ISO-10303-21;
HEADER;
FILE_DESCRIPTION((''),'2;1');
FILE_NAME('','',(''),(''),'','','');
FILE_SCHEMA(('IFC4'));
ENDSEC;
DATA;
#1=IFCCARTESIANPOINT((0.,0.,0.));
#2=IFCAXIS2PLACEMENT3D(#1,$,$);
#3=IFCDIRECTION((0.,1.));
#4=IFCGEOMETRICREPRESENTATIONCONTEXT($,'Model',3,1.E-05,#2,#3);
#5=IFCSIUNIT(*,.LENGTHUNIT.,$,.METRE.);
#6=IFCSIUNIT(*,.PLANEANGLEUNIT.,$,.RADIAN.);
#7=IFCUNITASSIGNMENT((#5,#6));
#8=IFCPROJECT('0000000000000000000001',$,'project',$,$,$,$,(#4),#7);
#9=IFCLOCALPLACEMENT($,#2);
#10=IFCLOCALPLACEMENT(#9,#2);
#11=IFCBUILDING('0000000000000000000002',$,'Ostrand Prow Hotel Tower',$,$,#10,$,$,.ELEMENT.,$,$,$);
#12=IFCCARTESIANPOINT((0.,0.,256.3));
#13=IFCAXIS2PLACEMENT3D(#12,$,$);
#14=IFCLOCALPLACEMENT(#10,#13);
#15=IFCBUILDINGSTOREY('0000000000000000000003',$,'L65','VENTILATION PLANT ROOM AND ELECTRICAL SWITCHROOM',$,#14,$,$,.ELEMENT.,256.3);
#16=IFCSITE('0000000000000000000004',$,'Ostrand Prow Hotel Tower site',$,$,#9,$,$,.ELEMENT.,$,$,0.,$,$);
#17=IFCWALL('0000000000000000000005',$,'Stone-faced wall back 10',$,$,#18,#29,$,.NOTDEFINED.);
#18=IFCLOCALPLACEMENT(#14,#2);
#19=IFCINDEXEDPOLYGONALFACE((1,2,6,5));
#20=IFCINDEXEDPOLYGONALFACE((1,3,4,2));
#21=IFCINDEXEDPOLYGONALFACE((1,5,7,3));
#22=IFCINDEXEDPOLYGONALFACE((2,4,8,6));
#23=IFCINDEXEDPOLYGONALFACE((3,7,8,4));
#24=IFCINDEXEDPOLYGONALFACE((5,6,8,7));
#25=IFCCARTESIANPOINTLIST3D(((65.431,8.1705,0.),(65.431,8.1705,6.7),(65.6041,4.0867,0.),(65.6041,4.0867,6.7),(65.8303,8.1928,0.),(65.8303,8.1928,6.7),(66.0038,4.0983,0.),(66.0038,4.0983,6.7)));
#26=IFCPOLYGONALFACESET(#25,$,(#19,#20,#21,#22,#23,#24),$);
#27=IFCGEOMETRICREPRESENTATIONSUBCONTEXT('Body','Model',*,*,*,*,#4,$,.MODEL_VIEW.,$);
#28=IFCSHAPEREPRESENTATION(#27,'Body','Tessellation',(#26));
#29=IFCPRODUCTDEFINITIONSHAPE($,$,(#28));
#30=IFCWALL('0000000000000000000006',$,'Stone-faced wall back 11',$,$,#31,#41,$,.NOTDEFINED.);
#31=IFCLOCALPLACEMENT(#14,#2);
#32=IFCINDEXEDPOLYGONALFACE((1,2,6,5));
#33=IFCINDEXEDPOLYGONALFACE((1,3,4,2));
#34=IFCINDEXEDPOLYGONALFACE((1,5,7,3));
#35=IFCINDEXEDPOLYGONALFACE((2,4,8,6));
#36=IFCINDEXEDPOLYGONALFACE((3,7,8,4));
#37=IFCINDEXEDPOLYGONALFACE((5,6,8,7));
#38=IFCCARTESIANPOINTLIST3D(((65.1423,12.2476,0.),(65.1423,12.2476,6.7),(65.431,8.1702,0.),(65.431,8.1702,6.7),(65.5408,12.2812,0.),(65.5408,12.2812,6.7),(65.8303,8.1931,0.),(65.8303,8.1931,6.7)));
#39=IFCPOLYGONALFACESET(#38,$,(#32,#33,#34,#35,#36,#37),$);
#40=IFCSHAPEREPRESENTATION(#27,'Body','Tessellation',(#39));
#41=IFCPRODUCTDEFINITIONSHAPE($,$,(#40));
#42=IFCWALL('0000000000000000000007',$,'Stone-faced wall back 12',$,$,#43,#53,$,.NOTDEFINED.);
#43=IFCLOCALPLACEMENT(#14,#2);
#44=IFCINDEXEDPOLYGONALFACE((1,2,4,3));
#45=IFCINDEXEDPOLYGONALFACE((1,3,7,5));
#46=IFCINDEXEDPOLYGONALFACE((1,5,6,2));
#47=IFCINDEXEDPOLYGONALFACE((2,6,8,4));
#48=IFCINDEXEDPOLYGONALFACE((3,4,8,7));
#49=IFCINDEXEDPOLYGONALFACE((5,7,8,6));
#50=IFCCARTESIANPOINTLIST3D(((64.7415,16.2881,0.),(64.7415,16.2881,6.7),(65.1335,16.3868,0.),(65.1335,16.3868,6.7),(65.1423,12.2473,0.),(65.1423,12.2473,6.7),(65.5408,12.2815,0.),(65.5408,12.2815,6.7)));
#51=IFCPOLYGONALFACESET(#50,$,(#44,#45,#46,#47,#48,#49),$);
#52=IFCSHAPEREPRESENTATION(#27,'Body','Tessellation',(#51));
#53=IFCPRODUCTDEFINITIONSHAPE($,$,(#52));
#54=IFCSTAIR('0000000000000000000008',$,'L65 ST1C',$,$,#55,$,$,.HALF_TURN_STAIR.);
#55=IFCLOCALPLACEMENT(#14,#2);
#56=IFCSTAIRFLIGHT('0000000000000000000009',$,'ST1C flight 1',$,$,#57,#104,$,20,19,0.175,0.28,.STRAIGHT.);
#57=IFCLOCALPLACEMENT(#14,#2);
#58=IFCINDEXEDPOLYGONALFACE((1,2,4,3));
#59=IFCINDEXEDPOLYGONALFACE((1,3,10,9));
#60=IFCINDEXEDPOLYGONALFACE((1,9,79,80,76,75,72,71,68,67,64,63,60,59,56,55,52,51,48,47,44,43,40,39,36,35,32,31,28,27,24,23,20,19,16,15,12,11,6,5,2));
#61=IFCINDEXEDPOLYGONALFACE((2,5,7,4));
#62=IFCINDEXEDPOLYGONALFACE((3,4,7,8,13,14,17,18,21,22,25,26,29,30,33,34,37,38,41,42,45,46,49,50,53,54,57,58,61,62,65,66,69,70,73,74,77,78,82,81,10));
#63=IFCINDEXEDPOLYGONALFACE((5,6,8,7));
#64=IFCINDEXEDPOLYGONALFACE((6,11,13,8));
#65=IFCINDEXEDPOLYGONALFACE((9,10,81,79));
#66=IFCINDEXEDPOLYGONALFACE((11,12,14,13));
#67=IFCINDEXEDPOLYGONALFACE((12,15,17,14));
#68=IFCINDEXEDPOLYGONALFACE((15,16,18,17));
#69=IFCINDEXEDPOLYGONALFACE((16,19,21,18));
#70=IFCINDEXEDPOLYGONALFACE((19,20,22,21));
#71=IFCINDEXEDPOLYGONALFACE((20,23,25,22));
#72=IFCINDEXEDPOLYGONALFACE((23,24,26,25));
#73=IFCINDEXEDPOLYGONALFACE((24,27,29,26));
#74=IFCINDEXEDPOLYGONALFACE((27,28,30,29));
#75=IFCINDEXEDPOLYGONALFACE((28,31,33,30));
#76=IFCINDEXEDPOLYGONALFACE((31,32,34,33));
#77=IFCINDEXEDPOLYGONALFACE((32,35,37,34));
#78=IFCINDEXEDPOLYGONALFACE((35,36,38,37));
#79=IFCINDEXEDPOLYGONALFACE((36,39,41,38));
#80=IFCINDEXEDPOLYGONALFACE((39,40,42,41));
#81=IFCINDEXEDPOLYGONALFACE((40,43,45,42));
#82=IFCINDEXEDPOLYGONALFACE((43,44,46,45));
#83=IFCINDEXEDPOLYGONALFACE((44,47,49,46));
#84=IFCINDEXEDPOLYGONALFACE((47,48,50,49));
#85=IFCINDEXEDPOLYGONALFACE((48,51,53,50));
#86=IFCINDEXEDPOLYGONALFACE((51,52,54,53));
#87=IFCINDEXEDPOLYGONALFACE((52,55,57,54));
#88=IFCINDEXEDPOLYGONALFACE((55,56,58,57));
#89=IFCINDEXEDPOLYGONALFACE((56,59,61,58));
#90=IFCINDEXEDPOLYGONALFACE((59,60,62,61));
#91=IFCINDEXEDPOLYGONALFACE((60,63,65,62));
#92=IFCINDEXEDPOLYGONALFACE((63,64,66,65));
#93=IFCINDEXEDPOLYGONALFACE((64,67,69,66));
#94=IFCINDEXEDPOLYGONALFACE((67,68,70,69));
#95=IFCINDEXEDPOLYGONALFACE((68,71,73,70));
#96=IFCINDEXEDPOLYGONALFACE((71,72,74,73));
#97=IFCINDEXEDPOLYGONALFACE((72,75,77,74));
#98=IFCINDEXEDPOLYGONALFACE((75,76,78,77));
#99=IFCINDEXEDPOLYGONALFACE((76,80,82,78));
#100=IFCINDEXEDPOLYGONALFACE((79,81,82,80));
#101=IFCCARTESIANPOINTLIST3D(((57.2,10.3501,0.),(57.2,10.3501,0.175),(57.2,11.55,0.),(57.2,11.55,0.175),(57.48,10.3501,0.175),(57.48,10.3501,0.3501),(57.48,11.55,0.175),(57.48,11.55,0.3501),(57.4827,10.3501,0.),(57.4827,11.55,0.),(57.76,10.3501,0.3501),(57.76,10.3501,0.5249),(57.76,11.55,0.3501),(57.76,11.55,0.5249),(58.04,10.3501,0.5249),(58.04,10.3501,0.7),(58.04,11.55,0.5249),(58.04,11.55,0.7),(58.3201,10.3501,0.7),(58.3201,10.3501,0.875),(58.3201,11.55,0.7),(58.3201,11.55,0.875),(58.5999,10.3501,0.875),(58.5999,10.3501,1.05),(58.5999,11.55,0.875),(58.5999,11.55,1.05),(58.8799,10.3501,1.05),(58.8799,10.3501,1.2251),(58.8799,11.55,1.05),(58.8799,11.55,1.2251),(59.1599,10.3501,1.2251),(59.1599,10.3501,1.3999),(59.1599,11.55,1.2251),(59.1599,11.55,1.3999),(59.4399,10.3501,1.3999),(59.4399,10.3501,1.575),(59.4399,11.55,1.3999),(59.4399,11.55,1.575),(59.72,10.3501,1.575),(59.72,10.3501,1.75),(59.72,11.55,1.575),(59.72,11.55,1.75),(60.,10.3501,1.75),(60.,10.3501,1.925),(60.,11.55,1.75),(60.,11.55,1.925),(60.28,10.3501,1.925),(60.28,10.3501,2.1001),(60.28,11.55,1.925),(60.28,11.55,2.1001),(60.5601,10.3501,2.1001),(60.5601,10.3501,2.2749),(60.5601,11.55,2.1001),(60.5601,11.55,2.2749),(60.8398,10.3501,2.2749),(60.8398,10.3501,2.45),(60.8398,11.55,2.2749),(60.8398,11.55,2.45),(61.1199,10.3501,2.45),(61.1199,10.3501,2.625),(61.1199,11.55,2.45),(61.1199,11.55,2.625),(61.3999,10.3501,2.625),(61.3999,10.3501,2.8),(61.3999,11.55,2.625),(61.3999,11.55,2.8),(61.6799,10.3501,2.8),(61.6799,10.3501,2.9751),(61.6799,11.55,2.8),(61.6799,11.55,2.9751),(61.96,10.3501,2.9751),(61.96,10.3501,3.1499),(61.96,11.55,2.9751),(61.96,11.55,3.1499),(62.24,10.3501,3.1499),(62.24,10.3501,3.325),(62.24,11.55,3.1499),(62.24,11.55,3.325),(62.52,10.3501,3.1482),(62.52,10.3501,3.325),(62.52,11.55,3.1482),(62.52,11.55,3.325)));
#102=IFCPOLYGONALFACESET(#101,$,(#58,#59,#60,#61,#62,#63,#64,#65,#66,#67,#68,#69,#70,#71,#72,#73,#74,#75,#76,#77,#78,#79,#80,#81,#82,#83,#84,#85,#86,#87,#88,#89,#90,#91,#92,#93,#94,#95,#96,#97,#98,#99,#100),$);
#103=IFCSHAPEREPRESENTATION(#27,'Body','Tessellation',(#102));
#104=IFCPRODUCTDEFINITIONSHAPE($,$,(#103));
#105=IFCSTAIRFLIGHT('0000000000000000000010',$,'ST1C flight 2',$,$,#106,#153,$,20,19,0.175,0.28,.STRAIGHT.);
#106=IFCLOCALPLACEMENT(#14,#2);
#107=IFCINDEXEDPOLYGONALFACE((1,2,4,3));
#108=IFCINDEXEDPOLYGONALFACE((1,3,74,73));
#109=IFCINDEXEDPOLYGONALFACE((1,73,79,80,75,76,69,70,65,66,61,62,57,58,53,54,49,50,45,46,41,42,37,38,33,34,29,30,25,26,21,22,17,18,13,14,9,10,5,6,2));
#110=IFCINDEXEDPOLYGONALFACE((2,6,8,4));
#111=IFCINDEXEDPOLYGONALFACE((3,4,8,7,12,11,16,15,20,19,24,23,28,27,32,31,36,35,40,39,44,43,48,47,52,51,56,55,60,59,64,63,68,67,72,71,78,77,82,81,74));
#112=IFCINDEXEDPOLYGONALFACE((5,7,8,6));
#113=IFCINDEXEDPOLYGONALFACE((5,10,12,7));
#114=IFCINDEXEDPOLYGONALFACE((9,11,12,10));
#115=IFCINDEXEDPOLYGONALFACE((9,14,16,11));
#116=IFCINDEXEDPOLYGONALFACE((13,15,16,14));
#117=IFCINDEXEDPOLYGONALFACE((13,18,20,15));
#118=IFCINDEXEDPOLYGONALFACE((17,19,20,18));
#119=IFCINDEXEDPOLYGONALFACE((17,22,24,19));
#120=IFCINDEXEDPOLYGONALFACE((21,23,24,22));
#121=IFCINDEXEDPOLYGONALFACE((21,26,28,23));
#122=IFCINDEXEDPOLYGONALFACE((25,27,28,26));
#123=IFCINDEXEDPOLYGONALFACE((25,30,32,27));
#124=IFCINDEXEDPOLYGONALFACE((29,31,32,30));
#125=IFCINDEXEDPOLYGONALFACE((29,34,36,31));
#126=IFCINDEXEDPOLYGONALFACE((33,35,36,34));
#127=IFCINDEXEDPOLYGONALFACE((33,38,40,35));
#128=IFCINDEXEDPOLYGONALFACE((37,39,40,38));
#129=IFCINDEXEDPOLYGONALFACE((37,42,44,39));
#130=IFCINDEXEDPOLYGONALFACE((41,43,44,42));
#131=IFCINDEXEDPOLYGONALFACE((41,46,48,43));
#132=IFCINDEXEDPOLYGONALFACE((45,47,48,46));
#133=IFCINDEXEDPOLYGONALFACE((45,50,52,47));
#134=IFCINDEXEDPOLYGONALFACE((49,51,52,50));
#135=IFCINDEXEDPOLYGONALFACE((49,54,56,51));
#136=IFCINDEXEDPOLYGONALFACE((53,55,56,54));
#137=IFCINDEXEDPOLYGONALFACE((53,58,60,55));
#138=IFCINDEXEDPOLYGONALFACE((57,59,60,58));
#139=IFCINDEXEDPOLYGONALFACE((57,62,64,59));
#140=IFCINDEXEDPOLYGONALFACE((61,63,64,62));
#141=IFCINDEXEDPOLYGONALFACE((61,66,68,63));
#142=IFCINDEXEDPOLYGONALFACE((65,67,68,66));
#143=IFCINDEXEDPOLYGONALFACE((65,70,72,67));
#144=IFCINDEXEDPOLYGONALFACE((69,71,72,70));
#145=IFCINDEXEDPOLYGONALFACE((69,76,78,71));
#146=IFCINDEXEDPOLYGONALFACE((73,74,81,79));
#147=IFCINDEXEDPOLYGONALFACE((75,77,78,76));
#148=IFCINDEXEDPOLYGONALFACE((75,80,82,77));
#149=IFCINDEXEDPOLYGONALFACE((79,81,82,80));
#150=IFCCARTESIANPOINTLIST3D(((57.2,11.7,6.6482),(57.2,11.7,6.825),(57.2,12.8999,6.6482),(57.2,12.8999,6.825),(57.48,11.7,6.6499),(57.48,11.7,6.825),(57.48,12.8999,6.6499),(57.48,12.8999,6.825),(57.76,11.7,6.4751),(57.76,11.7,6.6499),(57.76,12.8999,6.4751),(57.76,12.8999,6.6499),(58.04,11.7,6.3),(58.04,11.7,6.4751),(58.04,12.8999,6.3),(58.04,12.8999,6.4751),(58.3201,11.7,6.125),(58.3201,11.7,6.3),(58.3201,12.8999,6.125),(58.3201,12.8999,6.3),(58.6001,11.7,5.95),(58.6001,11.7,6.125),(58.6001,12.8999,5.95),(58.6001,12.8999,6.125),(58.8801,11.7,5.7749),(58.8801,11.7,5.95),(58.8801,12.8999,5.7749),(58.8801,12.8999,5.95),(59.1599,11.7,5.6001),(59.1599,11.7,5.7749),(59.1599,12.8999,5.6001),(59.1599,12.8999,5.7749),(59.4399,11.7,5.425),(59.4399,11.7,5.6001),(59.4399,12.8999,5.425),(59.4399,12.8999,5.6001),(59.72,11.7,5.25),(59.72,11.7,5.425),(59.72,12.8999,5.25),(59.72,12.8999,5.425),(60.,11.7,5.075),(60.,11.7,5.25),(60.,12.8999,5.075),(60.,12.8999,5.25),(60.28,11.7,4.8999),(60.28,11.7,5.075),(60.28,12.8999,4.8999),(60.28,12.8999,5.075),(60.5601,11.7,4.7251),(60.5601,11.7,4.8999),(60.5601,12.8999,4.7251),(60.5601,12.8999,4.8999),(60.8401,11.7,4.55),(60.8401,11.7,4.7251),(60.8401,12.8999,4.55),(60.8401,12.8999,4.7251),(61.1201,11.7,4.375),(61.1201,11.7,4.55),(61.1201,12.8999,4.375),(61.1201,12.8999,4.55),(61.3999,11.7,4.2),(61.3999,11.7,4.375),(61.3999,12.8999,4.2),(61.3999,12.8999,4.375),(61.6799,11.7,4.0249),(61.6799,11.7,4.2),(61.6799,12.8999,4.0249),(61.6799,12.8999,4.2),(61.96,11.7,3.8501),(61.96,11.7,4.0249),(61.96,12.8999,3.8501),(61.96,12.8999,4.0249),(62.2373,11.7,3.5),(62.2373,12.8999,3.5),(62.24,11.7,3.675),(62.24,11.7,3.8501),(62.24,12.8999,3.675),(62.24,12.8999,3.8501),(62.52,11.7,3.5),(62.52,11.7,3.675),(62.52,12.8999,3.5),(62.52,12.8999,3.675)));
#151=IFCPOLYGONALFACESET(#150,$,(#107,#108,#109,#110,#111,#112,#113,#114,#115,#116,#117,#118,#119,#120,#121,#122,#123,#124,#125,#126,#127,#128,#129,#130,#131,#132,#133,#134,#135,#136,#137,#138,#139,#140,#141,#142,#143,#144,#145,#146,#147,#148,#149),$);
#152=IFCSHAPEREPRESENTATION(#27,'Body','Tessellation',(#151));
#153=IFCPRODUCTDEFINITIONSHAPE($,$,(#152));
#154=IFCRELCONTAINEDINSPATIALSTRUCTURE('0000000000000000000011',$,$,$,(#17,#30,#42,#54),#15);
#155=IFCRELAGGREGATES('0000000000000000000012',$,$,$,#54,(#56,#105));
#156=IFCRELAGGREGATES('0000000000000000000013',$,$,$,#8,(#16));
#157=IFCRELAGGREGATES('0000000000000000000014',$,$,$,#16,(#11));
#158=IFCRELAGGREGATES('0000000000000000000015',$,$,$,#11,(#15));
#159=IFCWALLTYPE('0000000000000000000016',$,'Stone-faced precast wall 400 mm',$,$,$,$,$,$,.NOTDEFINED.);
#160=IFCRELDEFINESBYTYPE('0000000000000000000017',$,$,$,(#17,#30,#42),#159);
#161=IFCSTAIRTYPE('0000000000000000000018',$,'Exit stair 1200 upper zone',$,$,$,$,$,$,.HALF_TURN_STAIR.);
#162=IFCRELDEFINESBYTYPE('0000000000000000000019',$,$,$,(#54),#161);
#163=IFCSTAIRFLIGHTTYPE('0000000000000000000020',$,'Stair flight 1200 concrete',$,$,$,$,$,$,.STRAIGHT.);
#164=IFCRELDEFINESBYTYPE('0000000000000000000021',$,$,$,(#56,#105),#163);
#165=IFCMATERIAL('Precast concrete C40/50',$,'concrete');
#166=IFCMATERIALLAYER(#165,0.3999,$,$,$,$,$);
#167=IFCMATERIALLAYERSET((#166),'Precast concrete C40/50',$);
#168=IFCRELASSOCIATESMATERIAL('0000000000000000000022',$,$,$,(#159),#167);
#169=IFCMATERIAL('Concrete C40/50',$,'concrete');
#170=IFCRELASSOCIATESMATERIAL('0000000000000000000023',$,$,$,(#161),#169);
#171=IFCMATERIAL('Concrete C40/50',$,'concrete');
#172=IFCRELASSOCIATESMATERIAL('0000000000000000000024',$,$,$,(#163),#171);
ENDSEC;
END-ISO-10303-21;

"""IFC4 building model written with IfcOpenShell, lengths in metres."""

from ifc_helpers import new_model, si_unit, direction, frame, origin, place, context, subcontext, project, spatial, polyline, outline, extrude, material, layer, layer_set, type_object, element, aggregate, save


model = new_model("IFC4")

# Units and contexts
model_context = context("Model", 3, precision=1e-05, world=origin(), true_north=direction((0.0, 1.0)))
body_context = subcontext(model_context, "Body", "Model", "MODEL_VIEW")
ifc_project = project(units=[si_unit("LENGTHUNIT", "METRE"), si_unit("PLANEANGLEUNIT", "RADIAN")], contexts=[model_context])

# Site, building, storey
site_placement = place(None, origin())
site = spatial("IfcSite", under=ifc_project, at=site_placement, Name="Ostrand Prow Hotel Tower site", CompositionType="ELEMENT", RefElevation=0.0)
building_placement = place(site_placement, origin())
building = spatial("IfcBuilding", under=site, at=building_placement, Name="Ostrand Prow Hotel Tower", CompositionType="ELEMENT")
storey_placement = place(building_placement, frame((0.0, 0.0, 256.3)))
storey = spatial("IfcBuildingStorey", under=building, at=storey_placement, Name="L65", Description="VENTILATION PLANT ROOM AND ELECTRICAL SWITCHROOM", CompositionType="ELEMENT", Elevation=256.3)

# Walls
ifc_material_1 = material(Name="Precast concrete C40/50", Category="concrete")
ifc_layer_1 = layer(ifc_material_1, 0.3999)
ifc_layer_set_1 = layer_set([ifc_layer_1], Name="Precast concrete C40/50")
wall_type_1 = type_object("IfcWallType", Name="Stone-faced precast wall 400 mm", PredefinedType="NOTDEFINED", material=ifc_layer_set_1)
wall_1_placement = place(storey_placement, frame((65.804, 4.0925, 0.0), z_axis=(0.0, 0.0, 1.0), x_axis=(-0.042353, 0.999103, 0.0)))
element("IfcWall", 1, at=wall_1_placement, inside=storey, type_object=wall_type_1, Name="Stone-faced wall back 10", PredefinedType="NOTDEFINED", context=body_context, shape_type="SweptSolid", body=[
    extrude(outline(polyline([(-0.0027, -0.2), (4.0955, -0.2), (4.0901, 0.2), (0.0027, 0.2), (-0.0027, -0.2)])), origin(), (0.0, 0.0, 1.0), 6.7),
])
wall_2_placement = place(storey_placement, frame((65.6306, 8.1816, 0.0), z_axis=(0.0, 0.0, 1.0), x_axis=(-0.070624, 0.997503, 0.0)))
element("IfcWall", 2, at=wall_2_placement, inside=storey, type_object=wall_type_1, Name="Stone-faced wall back 11", PredefinedType="NOTDEFINED", context=body_context, shape_type="SweptSolid", body=[
    extrude(outline(polyline([(-0.0027, -0.2), (4.0957, -0.2), (4.0903, 0.2), (0.0027, 0.2), (-0.0027, -0.2)])), origin(), (0.0, 0.0, 1.0), 6.7),
])
wall_3_placement = place(storey_placement, frame((65.3416, 12.2644, 0.0), z_axis=(0.0, 0.0, 1.0), x_axis=(-0.098718, 0.995115, 0.0)))
element("IfcWall", 3, at=wall_3_placement, inside=storey, type_object=wall_type_1, Name="Stone-faced wall back 12", PredefinedType="NOTDEFINED", context=body_context, shape_type="SweptSolid", body=[
    extrude(outline(polyline([(-0.0027, -0.2), (4.1228, -0.2), (4.0632, 0.2), (0.0027, 0.2), (-0.0027, -0.2)])), origin(), (0.0, 0.0, 1.0), 6.7),
])

# Stair, stair flights
ifc_material_2 = material(Name="Concrete C40/50", Category="concrete")
stair_type = type_object("IfcStairType", Name="Exit stair 1200 upper zone", PredefinedType="HALF_TURN_STAIR", material=ifc_material_2)
stair_1_placement = place(storey_placement, origin())
stair_1 = element("IfcStair", 4, at=stair_1_placement, inside=storey, type_object=stair_type, Name="L65 ST1C", PredefinedType="HALF_TURN_STAIR")
ifc_material_3 = material(Name="Concrete C40/50", Category="concrete")
stair_flight_type = type_object("IfcStairFlightType", Name="Stair flight 1200 concrete", PredefinedType="STRAIGHT", material=ifc_material_3)
stair_flight_1_placement = place(storey_placement, frame((57.2, 10.95, 0.0), z_axis=(0.0, 0.0, 1.0), x_axis=(1.0, 0.0, 0.0)))
stair_flight_1 = element("IfcStairFlight", 5, at=stair_flight_1_placement, type_object=stair_flight_type, Name="ST1C flight 1", NumberOfRisers=20, NumberOfTreads=19, PredefinedType="STRAIGHT", RiserHeight=0.175, TreadLength=0.28, context=body_context, shape_type="SweptSolid", body=[
    extrude(outline(polyline([(0.0, 0.0), (0.0, 0.175), (0.28, 0.175), (0.28, 0.3501), (0.5601, 0.3501), (0.5601, 0.5249), (0.8401, 0.5249), (0.8401, 0.7), (1.1201, 0.7), (1.1201, 0.875), (1.3999, 0.875), (1.3999, 1.05), (1.6799, 1.05), (1.6799, 1.2251), (1.96, 1.2251), (1.96, 1.3999), (2.24, 1.3999), (2.24, 1.575), (2.52, 1.575), (2.52, 1.75), (2.8, 1.75), (2.8, 1.925), (3.0801, 1.925), (3.0801, 2.1001), (3.3601, 2.1001), (3.3601, 2.2749), (3.6399, 2.2749), (3.6399, 2.45), (3.9199, 2.45), (3.9199, 2.625), (4.2, 2.625), (4.2, 2.8), (4.48, 2.8), (4.48, 2.9751), (4.76, 2.9751), (4.76, 3.1499), (5.04, 3.1499), (5.04, 3.325), (5.3201, 3.325), (5.3201, 3.5), (5.3201, 3.1482), (0.2827, 0.0), (0.0, 0.0)])), frame((0.0, 0.6001, 0.0), z_axis=(0.0, -1.0, 0.0), x_axis=(1.0, 0.0, 0.0)), (0.0, 0.0, 1.0), 1.2),
])
stair_flight_2_placement = place(storey_placement, frame((62.52, 12.3, 3.5), z_axis=(0.0, 0.0, 1.0), x_axis=(-1.0, 0.0, 0.0)))
stair_flight_2 = element("IfcStairFlight", 6, at=stair_flight_2_placement, type_object=stair_flight_type, Name="ST1C flight 2", NumberOfRisers=20, NumberOfTreads=19, PredefinedType="STRAIGHT", RiserHeight=0.175, TreadLength=0.28, context=body_context, shape_type="SweptSolid", body=[
    extrude(outline(polyline([(0.0, 0.0), (0.0, 0.175), (0.28, 0.175), (0.28, 0.3501), (0.5601, 0.3501), (0.5601, 0.5249), (0.8401, 0.5249), (0.8401, 0.7), (1.1201, 0.7), (1.1201, 0.875), (1.3999, 0.875), (1.3999, 1.05), (1.6799, 1.05), (1.6799, 1.2251), (1.96, 1.2251), (1.96, 1.3999), (2.24, 1.3999), (2.24, 1.575), (2.52, 1.575), (2.52, 1.75), (2.8, 1.75), (2.8, 1.925), (3.0801, 1.925), (3.0801, 2.1001), (3.3601, 2.1001), (3.3601, 2.2749), (3.6399, 2.2749), (3.6399, 2.45), (3.9199, 2.45), (3.9199, 2.625), (4.2, 2.625), (4.2, 2.8), (4.48, 2.8), (4.48, 2.9751), (4.76, 2.9751), (4.76, 3.1499), (5.04, 3.1499), (5.04, 3.325), (5.3201, 3.325), (5.3201, 3.5), (5.3201, 3.1482), (0.2827, 0.0), (0.0, 0.0)])), frame((0.0, 0.6001, 0.0), z_axis=(0.0, -1.0, 0.0), x_axis=(1.0, 0.0, 0.0)), (0.0, 0.0, 1.0), 1.2),
])
aggregate(stair_1, [stair_flight_1, stair_flight_2])

save(model, "model.ifc")
